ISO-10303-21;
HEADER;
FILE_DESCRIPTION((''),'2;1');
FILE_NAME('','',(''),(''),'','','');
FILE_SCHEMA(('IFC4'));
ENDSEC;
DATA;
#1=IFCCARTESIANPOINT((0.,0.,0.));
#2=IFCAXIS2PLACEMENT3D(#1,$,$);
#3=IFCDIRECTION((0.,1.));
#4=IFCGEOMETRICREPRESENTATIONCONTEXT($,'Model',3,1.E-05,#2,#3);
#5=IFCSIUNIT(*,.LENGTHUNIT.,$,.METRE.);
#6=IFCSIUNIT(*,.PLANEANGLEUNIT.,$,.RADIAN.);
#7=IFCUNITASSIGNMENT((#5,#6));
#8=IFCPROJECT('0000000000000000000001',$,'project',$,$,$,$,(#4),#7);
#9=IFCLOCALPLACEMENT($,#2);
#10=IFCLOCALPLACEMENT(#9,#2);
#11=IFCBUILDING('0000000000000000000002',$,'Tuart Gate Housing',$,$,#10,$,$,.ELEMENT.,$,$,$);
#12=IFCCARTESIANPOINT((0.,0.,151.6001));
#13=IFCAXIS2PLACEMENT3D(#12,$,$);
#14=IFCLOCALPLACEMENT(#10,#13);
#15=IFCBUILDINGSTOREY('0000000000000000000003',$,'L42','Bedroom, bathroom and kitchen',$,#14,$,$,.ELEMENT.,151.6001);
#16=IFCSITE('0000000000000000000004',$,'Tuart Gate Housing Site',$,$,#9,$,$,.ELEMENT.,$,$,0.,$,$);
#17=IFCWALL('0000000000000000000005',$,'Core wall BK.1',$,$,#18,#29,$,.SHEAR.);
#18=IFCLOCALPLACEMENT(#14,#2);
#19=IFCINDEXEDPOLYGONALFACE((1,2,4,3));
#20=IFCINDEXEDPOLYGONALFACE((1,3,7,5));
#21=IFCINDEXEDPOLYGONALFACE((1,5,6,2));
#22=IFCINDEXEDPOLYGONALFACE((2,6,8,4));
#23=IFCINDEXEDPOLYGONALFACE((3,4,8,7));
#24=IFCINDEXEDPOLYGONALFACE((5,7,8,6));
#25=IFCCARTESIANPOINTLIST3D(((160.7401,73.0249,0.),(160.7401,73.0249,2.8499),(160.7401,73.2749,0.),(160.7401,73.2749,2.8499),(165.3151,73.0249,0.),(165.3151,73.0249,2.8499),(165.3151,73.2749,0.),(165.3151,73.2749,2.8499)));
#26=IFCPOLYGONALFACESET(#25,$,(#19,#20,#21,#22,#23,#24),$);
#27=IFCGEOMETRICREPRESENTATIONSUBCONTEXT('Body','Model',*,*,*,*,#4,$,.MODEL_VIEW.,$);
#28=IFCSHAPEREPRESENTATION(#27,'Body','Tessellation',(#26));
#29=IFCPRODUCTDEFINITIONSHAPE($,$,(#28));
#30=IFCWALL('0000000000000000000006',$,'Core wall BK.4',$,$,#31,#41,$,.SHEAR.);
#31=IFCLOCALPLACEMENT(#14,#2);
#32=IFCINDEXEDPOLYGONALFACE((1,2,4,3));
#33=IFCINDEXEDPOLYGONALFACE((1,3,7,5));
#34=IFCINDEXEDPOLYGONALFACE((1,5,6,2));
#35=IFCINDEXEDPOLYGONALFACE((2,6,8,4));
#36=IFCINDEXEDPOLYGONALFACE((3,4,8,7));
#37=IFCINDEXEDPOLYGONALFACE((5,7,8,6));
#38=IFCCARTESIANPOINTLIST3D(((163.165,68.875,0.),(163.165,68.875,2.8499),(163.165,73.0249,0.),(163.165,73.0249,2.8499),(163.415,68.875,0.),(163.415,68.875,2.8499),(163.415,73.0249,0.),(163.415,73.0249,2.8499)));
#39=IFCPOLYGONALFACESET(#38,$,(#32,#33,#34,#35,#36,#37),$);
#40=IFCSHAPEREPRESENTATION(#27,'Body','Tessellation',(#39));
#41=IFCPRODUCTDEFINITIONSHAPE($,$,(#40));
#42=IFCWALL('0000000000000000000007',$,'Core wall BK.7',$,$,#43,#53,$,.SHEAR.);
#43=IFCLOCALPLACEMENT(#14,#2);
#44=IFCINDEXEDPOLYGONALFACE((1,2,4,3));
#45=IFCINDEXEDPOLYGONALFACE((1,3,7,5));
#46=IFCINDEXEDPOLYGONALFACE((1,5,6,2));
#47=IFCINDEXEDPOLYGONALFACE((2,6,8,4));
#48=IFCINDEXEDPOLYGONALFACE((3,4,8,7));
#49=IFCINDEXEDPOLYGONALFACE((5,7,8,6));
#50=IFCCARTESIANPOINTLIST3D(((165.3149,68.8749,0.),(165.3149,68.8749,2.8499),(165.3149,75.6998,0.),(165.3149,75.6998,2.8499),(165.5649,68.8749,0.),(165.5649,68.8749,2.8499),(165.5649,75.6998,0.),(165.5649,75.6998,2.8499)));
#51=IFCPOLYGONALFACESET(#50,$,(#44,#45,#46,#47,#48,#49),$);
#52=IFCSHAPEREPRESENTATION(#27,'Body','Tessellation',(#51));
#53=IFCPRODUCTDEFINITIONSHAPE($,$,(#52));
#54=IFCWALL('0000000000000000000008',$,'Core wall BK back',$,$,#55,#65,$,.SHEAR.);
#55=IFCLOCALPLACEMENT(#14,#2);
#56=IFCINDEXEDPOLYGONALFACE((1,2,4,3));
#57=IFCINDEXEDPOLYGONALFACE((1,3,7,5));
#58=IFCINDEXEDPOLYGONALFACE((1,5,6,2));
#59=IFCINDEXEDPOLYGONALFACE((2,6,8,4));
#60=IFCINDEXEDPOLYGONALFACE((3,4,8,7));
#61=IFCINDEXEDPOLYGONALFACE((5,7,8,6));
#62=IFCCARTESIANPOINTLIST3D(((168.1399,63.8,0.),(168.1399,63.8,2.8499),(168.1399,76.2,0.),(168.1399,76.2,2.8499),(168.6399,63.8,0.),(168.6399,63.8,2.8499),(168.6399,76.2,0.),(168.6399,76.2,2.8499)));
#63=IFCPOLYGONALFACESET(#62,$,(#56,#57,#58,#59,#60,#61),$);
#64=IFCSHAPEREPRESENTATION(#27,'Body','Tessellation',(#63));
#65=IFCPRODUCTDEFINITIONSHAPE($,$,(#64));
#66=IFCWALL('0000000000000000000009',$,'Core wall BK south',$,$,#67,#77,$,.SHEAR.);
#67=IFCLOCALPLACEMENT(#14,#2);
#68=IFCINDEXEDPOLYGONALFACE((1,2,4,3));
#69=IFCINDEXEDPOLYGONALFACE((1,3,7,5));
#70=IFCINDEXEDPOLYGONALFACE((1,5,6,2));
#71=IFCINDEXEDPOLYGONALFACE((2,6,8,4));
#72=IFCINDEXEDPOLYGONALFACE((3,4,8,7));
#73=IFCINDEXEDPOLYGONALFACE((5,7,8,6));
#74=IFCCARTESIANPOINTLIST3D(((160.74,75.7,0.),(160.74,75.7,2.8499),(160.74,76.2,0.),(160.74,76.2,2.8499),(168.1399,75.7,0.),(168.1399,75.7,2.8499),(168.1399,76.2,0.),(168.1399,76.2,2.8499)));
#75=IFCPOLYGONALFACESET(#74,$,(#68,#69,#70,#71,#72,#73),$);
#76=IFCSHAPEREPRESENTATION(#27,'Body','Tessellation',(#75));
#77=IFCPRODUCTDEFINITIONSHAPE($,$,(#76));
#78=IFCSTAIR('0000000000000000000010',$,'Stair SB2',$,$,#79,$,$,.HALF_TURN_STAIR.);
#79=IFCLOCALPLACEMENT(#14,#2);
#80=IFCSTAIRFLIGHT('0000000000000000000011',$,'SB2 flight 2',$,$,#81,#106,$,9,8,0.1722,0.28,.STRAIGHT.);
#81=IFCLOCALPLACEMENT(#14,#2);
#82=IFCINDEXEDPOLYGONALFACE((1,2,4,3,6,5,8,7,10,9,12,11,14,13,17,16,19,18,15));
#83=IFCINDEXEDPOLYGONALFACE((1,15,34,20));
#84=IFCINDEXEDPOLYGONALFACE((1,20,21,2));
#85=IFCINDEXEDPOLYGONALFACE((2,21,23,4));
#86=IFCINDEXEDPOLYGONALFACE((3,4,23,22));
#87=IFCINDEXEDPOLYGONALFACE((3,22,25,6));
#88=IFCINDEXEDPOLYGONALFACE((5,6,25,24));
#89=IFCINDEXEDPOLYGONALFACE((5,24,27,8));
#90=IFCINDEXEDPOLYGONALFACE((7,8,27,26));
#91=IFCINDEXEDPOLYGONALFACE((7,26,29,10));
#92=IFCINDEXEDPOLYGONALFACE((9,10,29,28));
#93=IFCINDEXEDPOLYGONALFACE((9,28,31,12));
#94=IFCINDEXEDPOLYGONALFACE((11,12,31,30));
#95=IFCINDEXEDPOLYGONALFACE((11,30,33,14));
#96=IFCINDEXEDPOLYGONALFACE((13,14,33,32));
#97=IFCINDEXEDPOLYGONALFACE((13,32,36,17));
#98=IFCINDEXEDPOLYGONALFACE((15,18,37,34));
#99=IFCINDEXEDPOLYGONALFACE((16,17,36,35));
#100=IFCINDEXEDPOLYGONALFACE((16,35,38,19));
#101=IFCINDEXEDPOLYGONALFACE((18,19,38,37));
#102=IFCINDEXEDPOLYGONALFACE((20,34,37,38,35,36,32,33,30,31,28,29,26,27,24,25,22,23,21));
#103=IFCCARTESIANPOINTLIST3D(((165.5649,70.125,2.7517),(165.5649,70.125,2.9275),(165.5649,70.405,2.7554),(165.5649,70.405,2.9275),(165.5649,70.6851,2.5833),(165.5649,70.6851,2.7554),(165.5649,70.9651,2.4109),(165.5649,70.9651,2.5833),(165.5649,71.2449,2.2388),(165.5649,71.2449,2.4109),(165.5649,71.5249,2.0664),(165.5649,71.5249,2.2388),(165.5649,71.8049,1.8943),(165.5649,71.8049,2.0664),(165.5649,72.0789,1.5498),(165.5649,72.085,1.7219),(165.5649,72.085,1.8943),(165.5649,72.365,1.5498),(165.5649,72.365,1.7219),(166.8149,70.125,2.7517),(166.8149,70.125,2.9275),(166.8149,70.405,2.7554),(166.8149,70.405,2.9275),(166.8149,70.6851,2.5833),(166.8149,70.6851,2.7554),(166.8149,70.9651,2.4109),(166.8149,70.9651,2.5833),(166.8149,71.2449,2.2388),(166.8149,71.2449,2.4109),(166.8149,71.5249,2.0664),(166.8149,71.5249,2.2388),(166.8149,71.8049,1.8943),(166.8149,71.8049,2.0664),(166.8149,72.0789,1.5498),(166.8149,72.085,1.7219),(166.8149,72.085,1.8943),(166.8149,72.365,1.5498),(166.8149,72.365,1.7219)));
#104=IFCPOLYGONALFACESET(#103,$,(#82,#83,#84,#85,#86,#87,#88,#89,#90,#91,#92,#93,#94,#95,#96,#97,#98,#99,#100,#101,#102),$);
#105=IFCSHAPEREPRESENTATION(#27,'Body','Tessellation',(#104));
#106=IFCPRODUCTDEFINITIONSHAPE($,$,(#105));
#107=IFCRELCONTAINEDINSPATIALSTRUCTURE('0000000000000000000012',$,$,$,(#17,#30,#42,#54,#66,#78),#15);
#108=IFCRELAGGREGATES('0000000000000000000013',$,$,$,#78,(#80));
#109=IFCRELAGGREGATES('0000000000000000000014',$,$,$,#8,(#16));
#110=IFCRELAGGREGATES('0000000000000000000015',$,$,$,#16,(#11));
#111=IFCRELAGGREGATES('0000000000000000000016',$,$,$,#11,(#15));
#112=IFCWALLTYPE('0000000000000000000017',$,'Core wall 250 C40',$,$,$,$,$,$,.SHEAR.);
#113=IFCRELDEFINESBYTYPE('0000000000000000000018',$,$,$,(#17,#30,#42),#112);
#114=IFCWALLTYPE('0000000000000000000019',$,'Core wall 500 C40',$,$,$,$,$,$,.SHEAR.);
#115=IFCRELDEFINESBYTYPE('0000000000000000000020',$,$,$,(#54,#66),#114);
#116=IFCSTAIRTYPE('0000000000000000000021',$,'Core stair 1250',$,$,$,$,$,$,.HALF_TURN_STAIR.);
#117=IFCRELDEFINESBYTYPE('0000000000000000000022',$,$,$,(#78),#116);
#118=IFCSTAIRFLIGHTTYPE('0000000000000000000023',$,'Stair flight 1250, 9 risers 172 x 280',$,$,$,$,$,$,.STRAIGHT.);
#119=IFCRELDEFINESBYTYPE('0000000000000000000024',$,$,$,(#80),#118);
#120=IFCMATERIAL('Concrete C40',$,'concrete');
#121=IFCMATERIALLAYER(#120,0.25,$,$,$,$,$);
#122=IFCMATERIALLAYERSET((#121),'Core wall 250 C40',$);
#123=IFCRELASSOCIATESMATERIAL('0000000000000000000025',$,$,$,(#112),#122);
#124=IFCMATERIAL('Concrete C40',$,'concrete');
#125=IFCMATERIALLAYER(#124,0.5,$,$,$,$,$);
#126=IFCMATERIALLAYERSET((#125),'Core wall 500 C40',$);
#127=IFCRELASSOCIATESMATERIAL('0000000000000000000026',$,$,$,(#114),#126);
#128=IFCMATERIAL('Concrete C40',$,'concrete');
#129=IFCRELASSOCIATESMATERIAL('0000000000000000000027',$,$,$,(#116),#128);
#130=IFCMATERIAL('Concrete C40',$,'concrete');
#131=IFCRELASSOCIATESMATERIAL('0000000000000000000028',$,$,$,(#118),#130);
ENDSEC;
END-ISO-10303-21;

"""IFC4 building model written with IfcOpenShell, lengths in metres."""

from ifc_helpers import new_model, si_unit, direction, frame, frame_2d, origin, place, context, subcontext, project, spatial, polyline, rectangle, outline, extrude, material, layer, layer_set, type_object, element, aggregate, save


model = new_model("IFC4")

# Units and contexts
model_context = context("Model", 3, precision=1e-05, world=origin(), true_north=direction((0.0, 1.0)))
body_context = subcontext(model_context, "Body", "Model", "MODEL_VIEW")
ifc_project = project(units=[si_unit("LENGTHUNIT", "METRE"), si_unit("PLANEANGLEUNIT", "RADIAN")], contexts=[model_context])

# Site, building, storey
site_placement = place(None, origin())
site = spatial("IfcSite", under=ifc_project, at=site_placement, Name="Tuart Gate Housing Site", CompositionType="ELEMENT", RefElevation=0.0)
building_placement = place(site_placement, origin())
building = spatial("IfcBuilding", under=site, at=building_placement, Name="Tuart Gate Housing", CompositionType="ELEMENT")
storey_placement = place(building_placement, frame((0.0, 0.0, 151.6001)))
storey = spatial("IfcBuildingStorey", under=building, at=storey_placement, Name="L42", Description="Bedroom, bathroom and kitchen", CompositionType="ELEMENT", Elevation=151.6001)

# Walls
ifc_material_1 = material(Name="Concrete C40", Category="concrete")
ifc_layer_1 = layer(ifc_material_1, 0.25)
ifc_layer_set_1 = layer_set([ifc_layer_1], Name="Core wall 250 C40")
wall_type_1 = type_object("IfcWallType", Name="Core wall 250 C40", PredefinedType="SHEAR", material=ifc_layer_set_1)
wall_1_placement = place(storey_placement, frame((160.74, 73.1499, 0.0), z_axis=(0.0, 0.0, 1.0), x_axis=(1.0, 0.0, 0.0)))
element("IfcWall", 1, at=wall_1_placement, inside=storey, type_object=wall_type_1, Name="Core wall BK.1", PredefinedType="SHEAR", context=body_context, shape_type="SweptSolid", body=[
    extrude(rectangle(XDim=4.575, YDim=0.25, at=frame_2d((2.2876, 0.0))), origin(), (0.0, 0.0, 1.0), 2.8499),
])
wall_2_placement = place(storey_placement, frame((163.29, 73.0249, 0.0), z_axis=(0.0, 0.0, 1.0), x_axis=(0.0, -1.0, 0.0)))
element("IfcWall", 2, at=wall_2_placement, inside=storey, type_object=wall_type_1, Name="Core wall BK.4", PredefinedType="SHEAR", context=body_context, shape_type="SweptSolid", body=[
    extrude(rectangle(XDim=4.1499, YDim=0.25, at=frame_2d((2.075, 0.0))), origin(), (0.0, 0.0, 1.0), 2.8499),
])
wall_3_placement = place(storey_placement, frame((165.4399, 75.7, 0.0), z_axis=(0.0, 0.0, 1.0), x_axis=(0.0, -1.0, 0.0)))
element("IfcWall", 3, at=wall_3_placement, inside=storey, type_object=wall_type_1, Name="Core wall BK.7", PredefinedType="SHEAR", context=body_context, shape_type="SweptSolid", body=[
    extrude(rectangle(XDim=6.825, YDim=0.25, at=frame_2d((3.4126, 0.0))), origin(), (0.0, 0.0, 1.0), 2.8499),
])
ifc_material_2 = material(Name="Concrete C40", Category="concrete")
ifc_layer_2 = layer(ifc_material_2, 0.5)
ifc_layer_set_2 = layer_set([ifc_layer_2], Name="Core wall 500 C40")
wall_type_2 = type_object("IfcWallType", Name="Core wall 500 C40", PredefinedType="SHEAR", material=ifc_layer_set_2)
wall_4_placement = place(storey_placement, frame((168.3899, 76.2, 0.0), z_axis=(0.0, 0.0, 1.0), x_axis=(0.0, -1.0, 0.0)))
element("IfcWall", 4, at=wall_4_placement, inside=storey, type_object=wall_type_2, Name="Core wall BK back", PredefinedType="SHEAR", context=body_context, shape_type="SweptSolid", body=[
    extrude(rectangle(XDim=12.3999, YDim=0.5, at=frame_2d((6.2, 0.0))), origin(), (0.0, 0.0, 1.0), 2.8499),
])
wall_5_placement = place(storey_placement, frame((160.74, 75.95, 0.0), z_axis=(0.0, 0.0, 1.0), x_axis=(1.0, 0.0, 0.0)))
element("IfcWall", 5, at=wall_5_placement, inside=storey, type_object=wall_type_2, Name="Core wall BK south", PredefinedType="SHEAR", context=body_context, shape_type="SweptSolid", body=[
    extrude(rectangle(XDim=7.3999, YDim=0.5, at=frame_2d((3.7, 0.0))), origin(), (0.0, 0.0, 1.0), 2.8499),
])

# Stair, stair flight
ifc_material_3 = material(Name="Concrete C40", Category="concrete")
stair_type = type_object("IfcStairType", Name="Core stair 1250", PredefinedType="HALF_TURN_STAIR", material=ifc_material_3)
stair_placement = place(storey_placement, origin())
stair = element("IfcStair", 6, at=stair_placement, inside=storey, type_object=stair_type, Name="Stair SB2", PredefinedType="HALF_TURN_STAIR")
ifc_material_4 = material(Name="Concrete C40", Category="concrete")
stair_flight_type = type_object("IfcStairFlightType", Name="Stair flight 1250, 9 risers 172 x 280", PredefinedType="STRAIGHT", material=ifc_material_4)
stair_flight_placement = place(storey_placement, frame((166.1899, 72.365, 1.5498), z_axis=(0.0, 0.0, 1.0), x_axis=(0.0, -1.0, 0.0)))
stair_flight = element("IfcStairFlight", 7, at=stair_flight_placement, type_object=stair_flight_type, Name="SB2 flight 2", NumberOfRisers=9, NumberOfTreads=8, PredefinedType="STRAIGHT", RiserHeight=0.1722, TreadLength=0.28, context=body_context, shape_type="SweptSolid", body=[
    extrude(outline(polyline([(0.0, 0.0), (0.0, 0.1721), (0.28, 0.1721), (0.28, 0.3445), (0.5601, 0.3445), (0.5601, 0.5166), (0.8401, 0.5166), (0.8401, 0.689), (1.1201, 0.689), (1.1201, 0.8611), (1.3999, 0.8611), (1.3999, 1.0334), (1.6799, 1.0334), (1.6799, 1.2056), (1.96, 1.2056), (1.96, 1.3777), (2.24, 1.3777), (2.24, 1.55), (2.24, 1.2019), (0.2861, 0.0), (0.0, 0.0)])), frame((0.0, 0.625, 0.0), z_axis=(0.0, -1.0, 0.0), x_axis=(1.0, 0.0, 0.0)), (0.0, 0.0, 1.0), 1.25),
])
aggregate(stair, [stair_flight])

save(model, "model.ifc")
